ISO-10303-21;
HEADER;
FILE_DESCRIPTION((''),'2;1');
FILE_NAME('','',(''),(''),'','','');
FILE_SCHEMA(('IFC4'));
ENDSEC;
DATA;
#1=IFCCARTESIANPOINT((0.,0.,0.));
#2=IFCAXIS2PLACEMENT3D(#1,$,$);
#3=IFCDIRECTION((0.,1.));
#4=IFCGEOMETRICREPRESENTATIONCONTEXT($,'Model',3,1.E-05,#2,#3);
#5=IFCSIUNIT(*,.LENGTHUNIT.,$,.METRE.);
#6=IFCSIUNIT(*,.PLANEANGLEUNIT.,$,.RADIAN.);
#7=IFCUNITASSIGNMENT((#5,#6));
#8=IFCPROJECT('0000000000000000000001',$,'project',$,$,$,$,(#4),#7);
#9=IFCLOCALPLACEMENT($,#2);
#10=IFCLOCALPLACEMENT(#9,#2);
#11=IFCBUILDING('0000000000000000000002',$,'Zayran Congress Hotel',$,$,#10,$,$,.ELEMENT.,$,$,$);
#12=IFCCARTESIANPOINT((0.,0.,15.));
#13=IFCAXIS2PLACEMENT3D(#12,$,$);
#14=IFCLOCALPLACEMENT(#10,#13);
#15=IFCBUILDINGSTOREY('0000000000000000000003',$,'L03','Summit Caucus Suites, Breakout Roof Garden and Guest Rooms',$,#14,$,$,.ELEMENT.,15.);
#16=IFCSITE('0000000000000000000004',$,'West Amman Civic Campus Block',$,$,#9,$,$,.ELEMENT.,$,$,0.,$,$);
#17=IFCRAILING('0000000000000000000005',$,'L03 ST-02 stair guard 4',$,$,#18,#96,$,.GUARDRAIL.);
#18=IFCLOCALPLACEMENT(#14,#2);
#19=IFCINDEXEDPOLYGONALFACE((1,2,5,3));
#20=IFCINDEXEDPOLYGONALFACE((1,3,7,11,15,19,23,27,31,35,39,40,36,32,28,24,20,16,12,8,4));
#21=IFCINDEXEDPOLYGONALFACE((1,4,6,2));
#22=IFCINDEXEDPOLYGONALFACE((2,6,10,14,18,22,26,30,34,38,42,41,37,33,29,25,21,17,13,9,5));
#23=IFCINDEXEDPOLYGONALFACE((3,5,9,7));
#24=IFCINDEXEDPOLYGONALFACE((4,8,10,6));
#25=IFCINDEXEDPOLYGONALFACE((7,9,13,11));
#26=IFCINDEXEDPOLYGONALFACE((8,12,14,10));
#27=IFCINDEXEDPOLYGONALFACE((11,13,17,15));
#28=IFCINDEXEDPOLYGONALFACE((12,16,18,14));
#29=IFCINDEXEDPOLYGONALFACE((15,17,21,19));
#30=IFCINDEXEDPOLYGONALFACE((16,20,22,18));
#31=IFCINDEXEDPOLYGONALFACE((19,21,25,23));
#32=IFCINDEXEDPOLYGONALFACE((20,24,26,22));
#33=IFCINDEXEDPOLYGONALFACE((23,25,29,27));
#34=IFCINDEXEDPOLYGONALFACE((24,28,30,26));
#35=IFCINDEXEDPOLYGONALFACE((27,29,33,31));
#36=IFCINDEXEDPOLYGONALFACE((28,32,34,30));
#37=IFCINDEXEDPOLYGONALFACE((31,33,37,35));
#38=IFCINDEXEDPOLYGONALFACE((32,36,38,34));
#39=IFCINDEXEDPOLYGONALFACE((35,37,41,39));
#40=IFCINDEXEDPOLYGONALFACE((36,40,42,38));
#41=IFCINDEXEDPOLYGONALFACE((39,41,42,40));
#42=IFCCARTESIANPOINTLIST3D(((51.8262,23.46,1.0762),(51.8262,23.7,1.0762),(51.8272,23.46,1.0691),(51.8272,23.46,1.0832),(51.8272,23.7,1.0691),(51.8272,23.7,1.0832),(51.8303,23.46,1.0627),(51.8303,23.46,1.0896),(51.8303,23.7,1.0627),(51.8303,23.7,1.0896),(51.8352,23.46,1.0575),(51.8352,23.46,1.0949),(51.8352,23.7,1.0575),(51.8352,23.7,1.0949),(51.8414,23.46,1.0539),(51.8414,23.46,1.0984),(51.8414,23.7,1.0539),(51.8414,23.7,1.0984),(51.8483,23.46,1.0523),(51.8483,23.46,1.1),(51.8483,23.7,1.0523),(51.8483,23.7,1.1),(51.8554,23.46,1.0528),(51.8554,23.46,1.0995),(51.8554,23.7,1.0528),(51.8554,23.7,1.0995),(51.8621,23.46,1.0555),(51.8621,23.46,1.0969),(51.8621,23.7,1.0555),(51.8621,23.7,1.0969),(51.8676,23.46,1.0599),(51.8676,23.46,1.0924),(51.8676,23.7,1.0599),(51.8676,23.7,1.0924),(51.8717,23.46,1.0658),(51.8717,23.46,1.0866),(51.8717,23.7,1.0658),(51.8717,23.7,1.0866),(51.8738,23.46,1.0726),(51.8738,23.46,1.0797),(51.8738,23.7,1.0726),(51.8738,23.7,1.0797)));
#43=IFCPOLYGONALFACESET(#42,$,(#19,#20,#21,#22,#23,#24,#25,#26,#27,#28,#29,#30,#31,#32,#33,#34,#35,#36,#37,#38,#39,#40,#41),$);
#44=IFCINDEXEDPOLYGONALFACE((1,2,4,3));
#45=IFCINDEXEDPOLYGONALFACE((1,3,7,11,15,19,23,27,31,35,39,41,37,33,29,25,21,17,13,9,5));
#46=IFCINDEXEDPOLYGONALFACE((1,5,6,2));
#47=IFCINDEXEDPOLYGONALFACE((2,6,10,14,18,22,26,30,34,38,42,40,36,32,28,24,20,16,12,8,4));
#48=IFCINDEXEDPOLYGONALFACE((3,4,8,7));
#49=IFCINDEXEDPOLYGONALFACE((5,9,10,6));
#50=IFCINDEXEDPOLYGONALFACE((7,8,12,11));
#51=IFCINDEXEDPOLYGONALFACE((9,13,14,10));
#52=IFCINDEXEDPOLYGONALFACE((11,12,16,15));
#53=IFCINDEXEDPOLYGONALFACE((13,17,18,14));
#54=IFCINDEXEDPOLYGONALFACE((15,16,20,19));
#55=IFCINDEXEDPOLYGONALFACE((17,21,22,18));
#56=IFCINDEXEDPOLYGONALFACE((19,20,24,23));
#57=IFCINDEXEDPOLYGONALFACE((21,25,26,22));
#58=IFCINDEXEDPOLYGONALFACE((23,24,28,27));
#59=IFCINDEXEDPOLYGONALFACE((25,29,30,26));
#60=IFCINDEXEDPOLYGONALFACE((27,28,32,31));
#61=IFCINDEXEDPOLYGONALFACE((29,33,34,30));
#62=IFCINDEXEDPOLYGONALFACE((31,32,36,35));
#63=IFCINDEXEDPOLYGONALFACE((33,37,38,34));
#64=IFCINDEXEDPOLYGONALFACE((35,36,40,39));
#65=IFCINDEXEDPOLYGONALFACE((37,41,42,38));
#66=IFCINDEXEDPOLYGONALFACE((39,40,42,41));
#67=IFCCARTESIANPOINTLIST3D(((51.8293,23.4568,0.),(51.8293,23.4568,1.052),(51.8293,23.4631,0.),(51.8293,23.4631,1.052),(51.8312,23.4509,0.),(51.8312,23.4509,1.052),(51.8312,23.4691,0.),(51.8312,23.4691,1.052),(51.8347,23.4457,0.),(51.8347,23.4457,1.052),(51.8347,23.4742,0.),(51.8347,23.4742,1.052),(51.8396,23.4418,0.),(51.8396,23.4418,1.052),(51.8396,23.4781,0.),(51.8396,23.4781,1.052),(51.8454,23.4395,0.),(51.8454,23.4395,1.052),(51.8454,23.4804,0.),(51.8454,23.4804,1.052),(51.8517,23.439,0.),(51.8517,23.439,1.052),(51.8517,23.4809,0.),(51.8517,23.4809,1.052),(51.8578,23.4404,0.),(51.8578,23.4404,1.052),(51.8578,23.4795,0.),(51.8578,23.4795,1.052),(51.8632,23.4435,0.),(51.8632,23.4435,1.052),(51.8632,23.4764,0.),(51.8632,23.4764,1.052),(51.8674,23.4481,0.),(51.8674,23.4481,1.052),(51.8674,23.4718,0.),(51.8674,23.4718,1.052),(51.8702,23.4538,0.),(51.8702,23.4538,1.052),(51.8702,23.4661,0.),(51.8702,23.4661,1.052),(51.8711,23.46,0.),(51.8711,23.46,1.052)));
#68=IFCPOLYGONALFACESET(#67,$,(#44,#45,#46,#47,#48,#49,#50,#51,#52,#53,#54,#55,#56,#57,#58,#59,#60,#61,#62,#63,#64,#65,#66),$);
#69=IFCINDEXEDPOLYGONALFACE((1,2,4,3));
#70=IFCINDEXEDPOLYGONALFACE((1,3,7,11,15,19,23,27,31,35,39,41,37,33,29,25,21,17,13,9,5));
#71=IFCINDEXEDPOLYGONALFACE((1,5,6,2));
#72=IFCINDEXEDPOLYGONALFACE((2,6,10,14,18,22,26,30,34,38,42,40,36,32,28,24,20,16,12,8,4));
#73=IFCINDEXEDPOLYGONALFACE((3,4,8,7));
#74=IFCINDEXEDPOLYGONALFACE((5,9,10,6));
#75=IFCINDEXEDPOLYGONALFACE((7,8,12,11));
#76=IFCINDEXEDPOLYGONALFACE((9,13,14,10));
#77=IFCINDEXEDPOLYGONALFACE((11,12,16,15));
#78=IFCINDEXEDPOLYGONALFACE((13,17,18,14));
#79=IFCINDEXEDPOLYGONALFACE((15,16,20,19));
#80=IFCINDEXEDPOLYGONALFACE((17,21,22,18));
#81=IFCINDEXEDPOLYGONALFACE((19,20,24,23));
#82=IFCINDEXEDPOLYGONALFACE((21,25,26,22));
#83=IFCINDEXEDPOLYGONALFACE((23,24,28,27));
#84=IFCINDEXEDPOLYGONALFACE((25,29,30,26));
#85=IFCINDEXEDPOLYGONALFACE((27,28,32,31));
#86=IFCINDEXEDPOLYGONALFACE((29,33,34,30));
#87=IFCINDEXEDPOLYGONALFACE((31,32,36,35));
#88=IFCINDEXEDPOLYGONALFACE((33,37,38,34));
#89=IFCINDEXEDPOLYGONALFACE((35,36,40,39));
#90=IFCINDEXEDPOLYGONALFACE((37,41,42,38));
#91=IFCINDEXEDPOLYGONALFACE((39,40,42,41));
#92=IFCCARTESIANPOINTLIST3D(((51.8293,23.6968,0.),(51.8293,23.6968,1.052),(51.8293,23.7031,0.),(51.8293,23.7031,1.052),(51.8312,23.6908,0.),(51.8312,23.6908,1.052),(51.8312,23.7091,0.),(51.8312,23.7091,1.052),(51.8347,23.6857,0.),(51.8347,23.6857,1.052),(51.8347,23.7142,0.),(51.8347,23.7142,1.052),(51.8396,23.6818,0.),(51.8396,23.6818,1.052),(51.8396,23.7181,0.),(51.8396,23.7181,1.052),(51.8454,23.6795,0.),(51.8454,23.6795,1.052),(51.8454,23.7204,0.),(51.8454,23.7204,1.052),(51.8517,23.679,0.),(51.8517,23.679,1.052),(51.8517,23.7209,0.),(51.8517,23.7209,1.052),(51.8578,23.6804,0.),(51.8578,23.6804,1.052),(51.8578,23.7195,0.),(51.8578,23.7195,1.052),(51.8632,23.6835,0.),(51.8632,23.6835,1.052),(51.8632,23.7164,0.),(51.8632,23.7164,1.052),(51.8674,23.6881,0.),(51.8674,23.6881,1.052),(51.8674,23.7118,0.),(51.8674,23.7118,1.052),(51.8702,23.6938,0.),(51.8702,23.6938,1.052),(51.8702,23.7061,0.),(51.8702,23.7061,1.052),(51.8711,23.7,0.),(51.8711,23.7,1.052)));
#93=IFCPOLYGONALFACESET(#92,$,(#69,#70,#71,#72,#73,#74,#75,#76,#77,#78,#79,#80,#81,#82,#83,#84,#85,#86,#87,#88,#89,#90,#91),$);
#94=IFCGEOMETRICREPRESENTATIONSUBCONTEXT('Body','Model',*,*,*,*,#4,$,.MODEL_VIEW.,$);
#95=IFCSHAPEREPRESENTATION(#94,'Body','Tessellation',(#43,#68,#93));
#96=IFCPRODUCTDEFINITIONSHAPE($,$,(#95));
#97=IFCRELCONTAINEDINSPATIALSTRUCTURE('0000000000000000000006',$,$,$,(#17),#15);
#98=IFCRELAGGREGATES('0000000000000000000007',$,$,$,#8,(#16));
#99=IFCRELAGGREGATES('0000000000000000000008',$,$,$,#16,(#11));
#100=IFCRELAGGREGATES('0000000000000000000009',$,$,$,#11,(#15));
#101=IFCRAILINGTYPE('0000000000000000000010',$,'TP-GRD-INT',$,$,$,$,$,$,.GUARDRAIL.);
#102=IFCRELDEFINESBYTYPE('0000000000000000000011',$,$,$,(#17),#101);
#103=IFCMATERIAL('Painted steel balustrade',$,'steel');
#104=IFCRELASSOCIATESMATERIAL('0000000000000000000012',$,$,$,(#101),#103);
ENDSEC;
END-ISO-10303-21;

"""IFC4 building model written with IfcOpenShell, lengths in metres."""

from ifc_helpers import new_model, si_unit, direction, frame, origin, origin_2d, place, context, subcontext, project, spatial, circle, extrude, material, type_object, element, save


model = new_model("IFC4")

# Units and contexts
model_context = context("Model", 3, precision=1e-05, world=origin(), true_north=direction((0.0, 1.0)))
body_context = subcontext(model_context, "Body", "Model", "MODEL_VIEW")
ifc_project = project(units=[si_unit("LENGTHUNIT", "METRE"), si_unit("PLANEANGLEUNIT", "RADIAN")], contexts=[model_context])

# Site, building, storey
site_placement = place(None, origin())
site = spatial("IfcSite", under=ifc_project, at=site_placement, Name="West Amman Civic Campus Block", CompositionType="ELEMENT", RefElevation=0.0)
building_placement = place(site_placement, origin())
building = spatial("IfcBuilding", under=site, at=building_placement, Name="Zayran Congress Hotel", CompositionType="ELEMENT")
storey_placement = place(building_placement, frame((0.0, 0.0, 15.0)))
storey = spatial("IfcBuildingStorey", under=building, at=storey_placement, Name="L03", Description="Summit Caucus Suites, Breakout Roof Garden and Guest Rooms", CompositionType="ELEMENT", Elevation=15.0)

# Railing
ifc_material_1 = material(Name="Painted steel balustrade", Category="steel")
railing_type_1 = type_object("IfcRailingType", Name="TP-GRD-INT", PredefinedType="GUARDRAIL", material=ifc_material_1)
railing_1_placement = place(storey_placement, frame((51.8501, 23.46, 0.0)))
element("IfcRailing", 1, at=railing_1_placement, inside=storey, type_object=railing_type_1, Name="L03 ST-02 stair guard 4", PredefinedType="GUARDRAIL", context=body_context, shape_type="SweptSolid", body=[
    extrude(circle(Radius=0.0239, at=origin_2d()), frame((0.0, 0.0, 1.0762), z_axis=(0.0, 1.0, 0.0), x_axis=(-1.0, 0.0, 0.0)), (0.0, 0.0, 1.0), 0.24),
    extrude(circle(Radius=0.021, at=origin_2d()), origin(), (0.0, 0.0, 1.0), 1.052),
    extrude(circle(Radius=0.021, at=origin_2d()), frame((0.0, 0.24, 0.0)), (0.0, 0.0, 1.0), 1.052),
])

save(model, "model.ifc")
